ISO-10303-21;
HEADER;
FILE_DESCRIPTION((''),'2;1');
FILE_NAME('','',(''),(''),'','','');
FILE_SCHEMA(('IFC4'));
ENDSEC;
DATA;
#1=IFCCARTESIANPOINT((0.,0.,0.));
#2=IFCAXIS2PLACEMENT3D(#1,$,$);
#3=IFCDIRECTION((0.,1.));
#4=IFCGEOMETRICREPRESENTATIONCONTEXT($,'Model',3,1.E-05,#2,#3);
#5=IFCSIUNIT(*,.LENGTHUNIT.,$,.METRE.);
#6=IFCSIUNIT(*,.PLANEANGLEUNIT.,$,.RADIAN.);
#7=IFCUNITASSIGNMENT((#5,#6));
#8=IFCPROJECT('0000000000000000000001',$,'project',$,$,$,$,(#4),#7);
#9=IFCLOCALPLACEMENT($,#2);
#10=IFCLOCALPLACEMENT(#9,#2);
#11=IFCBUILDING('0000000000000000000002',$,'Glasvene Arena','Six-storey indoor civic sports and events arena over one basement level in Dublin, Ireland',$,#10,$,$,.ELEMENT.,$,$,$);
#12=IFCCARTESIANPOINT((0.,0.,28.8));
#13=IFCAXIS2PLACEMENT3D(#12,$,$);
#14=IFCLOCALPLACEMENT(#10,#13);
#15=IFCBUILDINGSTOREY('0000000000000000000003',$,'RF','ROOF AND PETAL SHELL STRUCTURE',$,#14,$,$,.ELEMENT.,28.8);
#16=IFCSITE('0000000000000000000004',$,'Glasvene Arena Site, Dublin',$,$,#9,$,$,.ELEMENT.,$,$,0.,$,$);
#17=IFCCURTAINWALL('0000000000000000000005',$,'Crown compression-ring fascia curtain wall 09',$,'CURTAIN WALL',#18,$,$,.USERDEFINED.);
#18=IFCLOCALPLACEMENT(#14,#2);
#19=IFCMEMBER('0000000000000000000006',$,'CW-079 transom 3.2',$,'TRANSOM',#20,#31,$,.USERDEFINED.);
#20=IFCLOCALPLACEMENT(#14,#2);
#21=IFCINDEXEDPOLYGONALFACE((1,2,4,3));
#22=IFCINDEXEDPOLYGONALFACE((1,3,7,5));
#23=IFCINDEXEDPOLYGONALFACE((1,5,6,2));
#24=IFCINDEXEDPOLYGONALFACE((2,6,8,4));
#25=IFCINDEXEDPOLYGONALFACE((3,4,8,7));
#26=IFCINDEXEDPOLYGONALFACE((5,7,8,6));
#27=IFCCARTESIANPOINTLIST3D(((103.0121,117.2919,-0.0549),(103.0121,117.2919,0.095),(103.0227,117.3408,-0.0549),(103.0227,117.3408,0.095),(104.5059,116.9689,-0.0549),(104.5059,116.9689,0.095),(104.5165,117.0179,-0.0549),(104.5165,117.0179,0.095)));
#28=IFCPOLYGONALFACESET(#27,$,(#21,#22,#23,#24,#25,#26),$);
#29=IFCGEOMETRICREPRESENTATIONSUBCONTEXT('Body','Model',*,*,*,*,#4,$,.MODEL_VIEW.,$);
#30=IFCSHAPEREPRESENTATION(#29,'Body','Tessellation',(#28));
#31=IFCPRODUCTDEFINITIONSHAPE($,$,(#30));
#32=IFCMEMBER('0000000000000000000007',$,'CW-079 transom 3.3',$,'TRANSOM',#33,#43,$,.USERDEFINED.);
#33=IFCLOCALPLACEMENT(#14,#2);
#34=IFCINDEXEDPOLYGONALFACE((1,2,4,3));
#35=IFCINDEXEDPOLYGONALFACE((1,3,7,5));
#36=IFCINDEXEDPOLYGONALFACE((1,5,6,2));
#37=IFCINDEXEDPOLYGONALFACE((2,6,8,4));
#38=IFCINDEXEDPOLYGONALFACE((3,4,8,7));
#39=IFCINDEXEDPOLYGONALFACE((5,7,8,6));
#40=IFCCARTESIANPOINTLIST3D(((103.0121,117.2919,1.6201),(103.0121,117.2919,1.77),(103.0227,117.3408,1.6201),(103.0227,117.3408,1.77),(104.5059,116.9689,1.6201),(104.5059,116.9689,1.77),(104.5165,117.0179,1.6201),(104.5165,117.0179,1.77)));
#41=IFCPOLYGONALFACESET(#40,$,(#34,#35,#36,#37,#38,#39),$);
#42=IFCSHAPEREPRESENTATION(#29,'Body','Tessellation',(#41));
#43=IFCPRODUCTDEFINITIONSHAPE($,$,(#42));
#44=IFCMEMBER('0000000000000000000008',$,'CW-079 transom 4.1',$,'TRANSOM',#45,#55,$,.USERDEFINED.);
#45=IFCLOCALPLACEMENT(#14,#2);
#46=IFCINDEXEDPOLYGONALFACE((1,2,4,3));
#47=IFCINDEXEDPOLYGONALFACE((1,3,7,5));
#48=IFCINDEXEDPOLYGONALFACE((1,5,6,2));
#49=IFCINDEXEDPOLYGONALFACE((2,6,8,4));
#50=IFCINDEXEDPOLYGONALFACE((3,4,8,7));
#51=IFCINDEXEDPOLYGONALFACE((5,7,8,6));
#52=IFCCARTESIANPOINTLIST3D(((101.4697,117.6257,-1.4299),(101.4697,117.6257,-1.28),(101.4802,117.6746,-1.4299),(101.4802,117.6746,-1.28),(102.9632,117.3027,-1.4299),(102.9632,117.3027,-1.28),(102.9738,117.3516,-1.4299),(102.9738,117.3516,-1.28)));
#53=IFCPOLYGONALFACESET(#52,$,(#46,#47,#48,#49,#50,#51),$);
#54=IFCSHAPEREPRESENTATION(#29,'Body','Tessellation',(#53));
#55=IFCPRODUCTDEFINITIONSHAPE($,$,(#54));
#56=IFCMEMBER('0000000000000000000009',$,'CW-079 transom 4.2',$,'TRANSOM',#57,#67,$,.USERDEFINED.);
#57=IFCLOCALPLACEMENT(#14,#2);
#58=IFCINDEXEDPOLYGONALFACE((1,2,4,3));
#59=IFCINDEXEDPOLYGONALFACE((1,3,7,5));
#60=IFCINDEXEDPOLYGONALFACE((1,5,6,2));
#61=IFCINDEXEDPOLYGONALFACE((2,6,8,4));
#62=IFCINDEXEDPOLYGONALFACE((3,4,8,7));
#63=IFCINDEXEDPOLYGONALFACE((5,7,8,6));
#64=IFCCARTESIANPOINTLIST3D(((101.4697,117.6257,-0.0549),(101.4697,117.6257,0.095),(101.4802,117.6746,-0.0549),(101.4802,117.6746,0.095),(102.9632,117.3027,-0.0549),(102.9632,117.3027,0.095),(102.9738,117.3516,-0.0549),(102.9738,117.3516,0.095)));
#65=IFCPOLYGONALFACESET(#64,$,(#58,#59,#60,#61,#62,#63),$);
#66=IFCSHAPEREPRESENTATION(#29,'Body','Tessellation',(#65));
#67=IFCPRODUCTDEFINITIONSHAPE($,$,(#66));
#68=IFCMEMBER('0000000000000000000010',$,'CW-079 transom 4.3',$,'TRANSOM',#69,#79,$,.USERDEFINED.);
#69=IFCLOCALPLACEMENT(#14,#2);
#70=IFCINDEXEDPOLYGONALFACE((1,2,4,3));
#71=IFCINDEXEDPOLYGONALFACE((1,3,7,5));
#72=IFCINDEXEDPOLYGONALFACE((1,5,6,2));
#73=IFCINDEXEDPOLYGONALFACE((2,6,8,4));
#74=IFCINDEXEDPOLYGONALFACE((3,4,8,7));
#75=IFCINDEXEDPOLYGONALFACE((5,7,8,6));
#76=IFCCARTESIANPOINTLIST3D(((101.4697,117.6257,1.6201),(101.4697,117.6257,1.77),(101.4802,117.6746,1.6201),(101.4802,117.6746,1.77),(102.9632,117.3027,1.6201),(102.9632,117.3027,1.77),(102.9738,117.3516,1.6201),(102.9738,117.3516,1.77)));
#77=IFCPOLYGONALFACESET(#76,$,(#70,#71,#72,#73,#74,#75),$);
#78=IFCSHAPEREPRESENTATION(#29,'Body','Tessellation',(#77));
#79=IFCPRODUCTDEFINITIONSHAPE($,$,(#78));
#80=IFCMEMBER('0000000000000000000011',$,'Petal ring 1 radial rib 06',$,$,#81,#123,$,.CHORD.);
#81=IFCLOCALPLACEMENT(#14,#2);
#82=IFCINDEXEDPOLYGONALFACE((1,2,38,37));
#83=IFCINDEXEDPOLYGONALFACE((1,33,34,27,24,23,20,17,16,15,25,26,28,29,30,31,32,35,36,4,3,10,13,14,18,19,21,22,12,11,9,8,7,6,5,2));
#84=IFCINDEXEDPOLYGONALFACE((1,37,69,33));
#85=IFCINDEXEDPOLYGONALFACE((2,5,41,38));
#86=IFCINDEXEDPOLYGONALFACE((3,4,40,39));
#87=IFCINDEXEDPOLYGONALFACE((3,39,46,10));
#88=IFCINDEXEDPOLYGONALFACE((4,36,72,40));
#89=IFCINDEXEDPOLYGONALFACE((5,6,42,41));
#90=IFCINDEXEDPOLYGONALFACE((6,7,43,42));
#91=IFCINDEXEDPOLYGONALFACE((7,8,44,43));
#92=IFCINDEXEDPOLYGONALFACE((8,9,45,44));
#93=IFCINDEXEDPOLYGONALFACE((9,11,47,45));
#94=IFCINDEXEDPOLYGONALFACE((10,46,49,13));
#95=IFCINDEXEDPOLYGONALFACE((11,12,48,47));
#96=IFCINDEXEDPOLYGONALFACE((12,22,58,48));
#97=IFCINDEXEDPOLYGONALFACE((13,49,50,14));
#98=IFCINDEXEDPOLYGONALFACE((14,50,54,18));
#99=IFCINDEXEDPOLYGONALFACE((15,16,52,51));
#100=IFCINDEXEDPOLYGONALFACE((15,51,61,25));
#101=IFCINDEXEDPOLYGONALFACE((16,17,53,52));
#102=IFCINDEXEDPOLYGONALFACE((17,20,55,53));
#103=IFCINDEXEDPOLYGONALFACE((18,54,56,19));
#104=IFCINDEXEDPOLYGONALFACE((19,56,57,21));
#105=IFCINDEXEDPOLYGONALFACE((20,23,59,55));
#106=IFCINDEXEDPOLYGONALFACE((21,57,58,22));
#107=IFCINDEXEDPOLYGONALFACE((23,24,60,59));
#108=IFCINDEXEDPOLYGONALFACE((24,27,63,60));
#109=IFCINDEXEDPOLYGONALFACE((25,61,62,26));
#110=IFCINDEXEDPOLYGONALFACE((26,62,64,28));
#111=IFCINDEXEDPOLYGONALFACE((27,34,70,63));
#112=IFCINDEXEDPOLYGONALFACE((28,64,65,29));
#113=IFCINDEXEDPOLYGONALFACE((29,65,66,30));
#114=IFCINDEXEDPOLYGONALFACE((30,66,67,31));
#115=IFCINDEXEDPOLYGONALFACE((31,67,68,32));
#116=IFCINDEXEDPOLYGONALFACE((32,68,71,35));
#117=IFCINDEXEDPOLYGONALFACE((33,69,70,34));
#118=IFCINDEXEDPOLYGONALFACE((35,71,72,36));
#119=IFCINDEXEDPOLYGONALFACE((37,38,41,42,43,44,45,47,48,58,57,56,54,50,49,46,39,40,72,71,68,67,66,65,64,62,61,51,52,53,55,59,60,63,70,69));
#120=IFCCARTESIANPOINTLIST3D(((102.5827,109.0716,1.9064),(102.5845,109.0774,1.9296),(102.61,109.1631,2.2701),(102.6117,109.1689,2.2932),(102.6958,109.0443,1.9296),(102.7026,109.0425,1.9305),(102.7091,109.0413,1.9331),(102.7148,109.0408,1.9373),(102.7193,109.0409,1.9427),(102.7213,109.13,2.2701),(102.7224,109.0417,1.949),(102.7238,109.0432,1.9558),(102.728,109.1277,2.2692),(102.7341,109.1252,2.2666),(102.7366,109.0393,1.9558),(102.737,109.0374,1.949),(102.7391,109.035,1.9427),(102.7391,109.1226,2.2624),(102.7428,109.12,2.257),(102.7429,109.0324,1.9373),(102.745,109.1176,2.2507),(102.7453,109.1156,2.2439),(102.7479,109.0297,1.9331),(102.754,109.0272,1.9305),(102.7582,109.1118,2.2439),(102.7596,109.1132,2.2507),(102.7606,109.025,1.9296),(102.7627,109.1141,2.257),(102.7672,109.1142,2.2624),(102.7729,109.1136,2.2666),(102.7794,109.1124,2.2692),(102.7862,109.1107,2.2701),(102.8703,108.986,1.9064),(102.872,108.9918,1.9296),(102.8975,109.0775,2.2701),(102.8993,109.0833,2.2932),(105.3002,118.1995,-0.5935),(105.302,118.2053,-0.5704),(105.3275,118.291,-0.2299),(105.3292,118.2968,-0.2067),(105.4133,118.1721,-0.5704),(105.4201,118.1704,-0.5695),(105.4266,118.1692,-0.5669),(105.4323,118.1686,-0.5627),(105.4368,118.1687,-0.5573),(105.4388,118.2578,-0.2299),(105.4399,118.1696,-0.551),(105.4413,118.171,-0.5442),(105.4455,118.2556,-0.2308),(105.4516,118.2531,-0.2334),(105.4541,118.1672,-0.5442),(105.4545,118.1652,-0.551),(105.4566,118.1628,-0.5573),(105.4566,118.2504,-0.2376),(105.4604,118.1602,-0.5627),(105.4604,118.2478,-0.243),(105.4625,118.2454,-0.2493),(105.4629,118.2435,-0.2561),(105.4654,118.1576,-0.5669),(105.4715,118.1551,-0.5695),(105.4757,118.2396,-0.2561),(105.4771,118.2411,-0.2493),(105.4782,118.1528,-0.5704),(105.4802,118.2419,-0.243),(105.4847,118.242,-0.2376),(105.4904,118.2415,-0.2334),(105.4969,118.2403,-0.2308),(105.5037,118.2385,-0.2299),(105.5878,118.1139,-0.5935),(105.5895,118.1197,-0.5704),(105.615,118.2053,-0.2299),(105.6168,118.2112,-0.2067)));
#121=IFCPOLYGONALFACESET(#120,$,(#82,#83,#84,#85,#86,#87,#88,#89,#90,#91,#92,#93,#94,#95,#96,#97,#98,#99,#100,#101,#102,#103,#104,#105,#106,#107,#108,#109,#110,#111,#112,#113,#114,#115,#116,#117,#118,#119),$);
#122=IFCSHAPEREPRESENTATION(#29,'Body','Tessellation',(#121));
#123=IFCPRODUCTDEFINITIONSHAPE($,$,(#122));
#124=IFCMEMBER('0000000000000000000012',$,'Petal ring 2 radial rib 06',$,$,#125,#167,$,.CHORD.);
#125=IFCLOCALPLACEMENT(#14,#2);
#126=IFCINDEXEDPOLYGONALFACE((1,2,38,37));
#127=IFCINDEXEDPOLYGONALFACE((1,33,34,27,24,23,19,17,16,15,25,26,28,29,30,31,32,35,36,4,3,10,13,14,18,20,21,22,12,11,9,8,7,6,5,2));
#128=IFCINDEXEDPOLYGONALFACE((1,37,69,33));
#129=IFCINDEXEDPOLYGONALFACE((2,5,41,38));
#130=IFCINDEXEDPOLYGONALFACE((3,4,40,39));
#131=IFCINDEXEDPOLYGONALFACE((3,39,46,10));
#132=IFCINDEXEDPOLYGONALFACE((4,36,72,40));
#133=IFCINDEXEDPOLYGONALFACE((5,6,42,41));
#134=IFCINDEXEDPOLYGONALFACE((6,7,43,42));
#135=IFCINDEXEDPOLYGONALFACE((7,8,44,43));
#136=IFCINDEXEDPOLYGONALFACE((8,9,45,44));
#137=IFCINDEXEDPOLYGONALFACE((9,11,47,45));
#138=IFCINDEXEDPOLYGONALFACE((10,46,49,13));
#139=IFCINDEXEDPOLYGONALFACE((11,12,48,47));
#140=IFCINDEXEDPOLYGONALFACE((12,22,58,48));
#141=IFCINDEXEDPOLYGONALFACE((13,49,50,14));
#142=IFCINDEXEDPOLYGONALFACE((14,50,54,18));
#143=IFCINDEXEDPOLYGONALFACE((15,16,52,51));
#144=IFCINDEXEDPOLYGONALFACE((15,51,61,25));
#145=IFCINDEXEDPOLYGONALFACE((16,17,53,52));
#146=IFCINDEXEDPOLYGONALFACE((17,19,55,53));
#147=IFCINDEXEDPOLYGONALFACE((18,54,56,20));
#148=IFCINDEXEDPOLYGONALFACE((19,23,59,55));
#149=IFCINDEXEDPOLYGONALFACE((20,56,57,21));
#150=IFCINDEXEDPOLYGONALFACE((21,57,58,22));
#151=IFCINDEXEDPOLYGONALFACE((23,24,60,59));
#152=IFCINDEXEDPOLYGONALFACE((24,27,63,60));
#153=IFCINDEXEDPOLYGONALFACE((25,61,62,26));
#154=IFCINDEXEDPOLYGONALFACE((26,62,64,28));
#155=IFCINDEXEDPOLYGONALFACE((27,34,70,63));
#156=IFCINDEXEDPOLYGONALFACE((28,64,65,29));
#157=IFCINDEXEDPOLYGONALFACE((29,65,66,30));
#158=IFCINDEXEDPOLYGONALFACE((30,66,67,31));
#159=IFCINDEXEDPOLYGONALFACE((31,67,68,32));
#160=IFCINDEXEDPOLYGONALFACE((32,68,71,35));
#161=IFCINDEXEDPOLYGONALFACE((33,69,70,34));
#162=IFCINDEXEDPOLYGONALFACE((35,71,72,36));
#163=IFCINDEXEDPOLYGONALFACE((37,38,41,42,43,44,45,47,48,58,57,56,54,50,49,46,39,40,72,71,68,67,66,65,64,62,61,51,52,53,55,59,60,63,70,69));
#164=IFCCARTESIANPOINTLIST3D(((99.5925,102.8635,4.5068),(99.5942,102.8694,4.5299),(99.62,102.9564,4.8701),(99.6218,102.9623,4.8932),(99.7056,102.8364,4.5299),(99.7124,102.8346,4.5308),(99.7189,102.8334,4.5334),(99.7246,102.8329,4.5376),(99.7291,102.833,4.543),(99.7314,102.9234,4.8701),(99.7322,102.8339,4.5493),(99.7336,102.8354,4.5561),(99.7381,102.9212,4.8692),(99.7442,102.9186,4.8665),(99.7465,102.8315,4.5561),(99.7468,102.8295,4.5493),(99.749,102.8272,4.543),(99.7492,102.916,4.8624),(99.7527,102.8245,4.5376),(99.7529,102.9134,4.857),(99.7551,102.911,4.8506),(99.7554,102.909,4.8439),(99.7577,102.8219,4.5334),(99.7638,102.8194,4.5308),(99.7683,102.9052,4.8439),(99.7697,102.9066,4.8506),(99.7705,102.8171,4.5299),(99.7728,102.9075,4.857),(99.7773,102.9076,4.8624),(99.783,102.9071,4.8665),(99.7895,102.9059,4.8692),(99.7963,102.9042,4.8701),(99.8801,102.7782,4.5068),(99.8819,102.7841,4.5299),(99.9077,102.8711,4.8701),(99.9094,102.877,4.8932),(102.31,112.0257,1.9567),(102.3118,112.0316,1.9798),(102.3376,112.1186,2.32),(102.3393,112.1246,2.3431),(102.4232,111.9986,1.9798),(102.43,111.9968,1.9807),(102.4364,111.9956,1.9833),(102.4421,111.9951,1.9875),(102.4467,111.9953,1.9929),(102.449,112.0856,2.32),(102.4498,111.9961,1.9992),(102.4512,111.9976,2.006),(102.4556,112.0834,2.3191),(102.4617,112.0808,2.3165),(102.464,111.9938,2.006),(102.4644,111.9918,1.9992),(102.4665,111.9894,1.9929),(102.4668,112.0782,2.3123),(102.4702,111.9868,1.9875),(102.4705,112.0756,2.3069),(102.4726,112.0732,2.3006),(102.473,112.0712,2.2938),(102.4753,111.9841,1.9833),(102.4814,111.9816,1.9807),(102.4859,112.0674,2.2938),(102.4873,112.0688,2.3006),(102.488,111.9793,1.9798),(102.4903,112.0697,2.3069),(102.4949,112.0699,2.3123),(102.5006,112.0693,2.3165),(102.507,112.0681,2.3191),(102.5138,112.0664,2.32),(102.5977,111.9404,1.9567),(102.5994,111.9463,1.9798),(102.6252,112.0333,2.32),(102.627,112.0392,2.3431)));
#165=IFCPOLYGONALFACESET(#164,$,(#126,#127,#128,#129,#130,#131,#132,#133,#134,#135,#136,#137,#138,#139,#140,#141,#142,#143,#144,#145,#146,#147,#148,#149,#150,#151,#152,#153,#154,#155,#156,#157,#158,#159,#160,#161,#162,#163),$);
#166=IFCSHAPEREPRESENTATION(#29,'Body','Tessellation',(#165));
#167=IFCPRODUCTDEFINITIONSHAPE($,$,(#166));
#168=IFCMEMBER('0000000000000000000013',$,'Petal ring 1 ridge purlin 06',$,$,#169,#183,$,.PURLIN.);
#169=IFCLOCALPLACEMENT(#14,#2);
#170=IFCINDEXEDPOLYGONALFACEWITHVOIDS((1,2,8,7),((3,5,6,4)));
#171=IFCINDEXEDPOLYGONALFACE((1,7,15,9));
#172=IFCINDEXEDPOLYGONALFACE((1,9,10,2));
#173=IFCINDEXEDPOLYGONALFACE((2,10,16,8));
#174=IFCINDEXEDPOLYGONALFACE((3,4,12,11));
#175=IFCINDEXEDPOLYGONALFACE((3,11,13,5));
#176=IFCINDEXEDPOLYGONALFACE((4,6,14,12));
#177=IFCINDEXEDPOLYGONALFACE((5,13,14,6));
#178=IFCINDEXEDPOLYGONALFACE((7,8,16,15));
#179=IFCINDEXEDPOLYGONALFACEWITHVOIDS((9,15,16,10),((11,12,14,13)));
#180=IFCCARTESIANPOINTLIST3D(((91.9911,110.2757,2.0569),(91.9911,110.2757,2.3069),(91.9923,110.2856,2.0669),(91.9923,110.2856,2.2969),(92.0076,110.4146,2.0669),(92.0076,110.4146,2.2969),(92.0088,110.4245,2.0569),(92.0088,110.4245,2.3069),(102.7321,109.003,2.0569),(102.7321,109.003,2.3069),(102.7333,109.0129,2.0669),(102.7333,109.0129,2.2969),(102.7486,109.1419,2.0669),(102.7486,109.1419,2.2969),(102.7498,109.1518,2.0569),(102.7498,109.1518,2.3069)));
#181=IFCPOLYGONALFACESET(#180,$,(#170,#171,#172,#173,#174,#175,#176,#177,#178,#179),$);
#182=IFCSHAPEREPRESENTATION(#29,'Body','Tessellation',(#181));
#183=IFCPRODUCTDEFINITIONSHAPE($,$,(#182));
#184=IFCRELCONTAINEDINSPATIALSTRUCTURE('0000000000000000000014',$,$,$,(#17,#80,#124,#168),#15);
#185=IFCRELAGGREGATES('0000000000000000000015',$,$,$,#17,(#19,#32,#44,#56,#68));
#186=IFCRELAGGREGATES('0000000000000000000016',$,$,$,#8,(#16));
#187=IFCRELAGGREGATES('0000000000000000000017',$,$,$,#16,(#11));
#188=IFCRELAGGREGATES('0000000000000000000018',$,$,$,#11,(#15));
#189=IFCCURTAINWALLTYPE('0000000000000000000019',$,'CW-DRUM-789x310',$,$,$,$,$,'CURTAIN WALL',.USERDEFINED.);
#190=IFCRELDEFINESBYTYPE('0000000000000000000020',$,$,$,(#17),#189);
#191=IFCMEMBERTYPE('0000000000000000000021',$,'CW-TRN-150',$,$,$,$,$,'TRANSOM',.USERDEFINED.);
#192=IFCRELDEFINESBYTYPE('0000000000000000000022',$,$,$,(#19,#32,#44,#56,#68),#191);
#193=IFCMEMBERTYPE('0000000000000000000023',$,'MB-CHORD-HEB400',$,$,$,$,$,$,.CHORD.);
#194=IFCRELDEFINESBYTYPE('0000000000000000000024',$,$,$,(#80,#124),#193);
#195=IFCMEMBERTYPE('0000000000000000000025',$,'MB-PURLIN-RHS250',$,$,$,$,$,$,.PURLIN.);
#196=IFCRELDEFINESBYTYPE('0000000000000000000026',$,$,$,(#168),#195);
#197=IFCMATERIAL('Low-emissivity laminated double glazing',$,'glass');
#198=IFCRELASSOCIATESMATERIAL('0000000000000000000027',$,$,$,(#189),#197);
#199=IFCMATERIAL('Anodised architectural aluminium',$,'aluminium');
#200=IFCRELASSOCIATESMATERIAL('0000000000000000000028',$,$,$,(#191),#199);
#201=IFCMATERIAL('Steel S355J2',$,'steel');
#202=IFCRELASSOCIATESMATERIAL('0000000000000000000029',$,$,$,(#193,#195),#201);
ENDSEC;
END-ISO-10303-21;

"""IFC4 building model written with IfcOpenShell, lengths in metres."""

from ifc_helpers import new_model, si_unit, direction, frame, origin, origin_2d, place, context, subcontext, project, spatial, rectangle, hollow_rectangle, i_section, extrude, material, material_profile, profile_set, type_object, element, aggregate, save


model = new_model("IFC4")

# Units and contexts
model_context = context("Model", 3, precision=1e-05, world=origin(), true_north=direction((0.0, 1.0)))
body_context = subcontext(model_context, "Body", "Model", "MODEL_VIEW")
ifc_project = project(units=[si_unit("LENGTHUNIT", "METRE"), si_unit("PLANEANGLEUNIT", "RADIAN")], contexts=[model_context])

# Site, building, storey
site_placement = place(None, origin())
site = spatial("IfcSite", under=ifc_project, at=site_placement, Name="Glasvene Arena Site, Dublin", CompositionType="ELEMENT", RefElevation=0.0)
building_placement = place(site_placement, origin())
building = spatial("IfcBuilding", under=site, at=building_placement, Name="Glasvene Arena", Description="Six-storey indoor civic sports and events arena over one basement level in Dublin, Ireland", CompositionType="ELEMENT")
storey_placement = place(building_placement, frame((0.0, 0.0, 28.8)))
storey = spatial("IfcBuildingStorey", under=building, at=storey_placement, Name="RF", Description="ROOF AND PETAL SHELL STRUCTURE", CompositionType="ELEMENT", Elevation=28.8)

# Shared definitions
ifc_material_1 = material(Name="Low-emissivity laminated double glazing", Category="glass")
ifc_material_2 = material(Name="Anodised architectural aluminium", Category="aluminium")

# Curtain wall
curtain_wall_type_1 = type_object("IfcCurtainWallType", Name="CW-DRUM-789x310", ElementType="CURTAIN WALL", PredefinedType="USERDEFINED", material=ifc_material_1)
curtain_wall_1_placement = place(storey_placement, frame((107.6208, 116.3206, 0.0)))
curtain_wall_1 = element("IfcCurtainWall", 1, at=curtain_wall_1_placement, inside=storey, type_object=curtain_wall_type_1, Name="Crown compression-ring fascia curtain wall 09", ObjectType="CURTAIN WALL", PredefinedType="USERDEFINED")

# Members
ifc_material_profile_1 = material_profile(ifc_material_2, rectangle(XDim=0.05, YDim=0.1499, at=origin_2d()), Name="ALU TRANSOM 50x150")
ifc_profile_set_1 = profile_set([ifc_material_profile_1], Name="Anodised architectural aluminium")
member_type_1 = type_object("IfcMemberType", Name="CW-TRN-150", ElementType="TRANSOM", PredefinedType="USERDEFINED", material=ifc_profile_set_1)
member_1_placement = place(storey_placement, frame((104.5112, 116.9934, 0.02), z_axis=(-0.977415, 0.211329, 0.0), x_axis=(-0.211329, -0.977415, 0.0)))
member_1 = element("IfcMember", 2, at=member_1_placement, type_object=member_type_1, Name="CW-079 transom 3.2", ObjectType="TRANSOM", PredefinedType="USERDEFINED", context=body_context, shape_type="SweptSolid", body=[
    extrude(rectangle(XDim=0.05, YDim=0.1499, at=origin_2d()), origin(), (0.0, 0.0, 1.0), 1.5283),
])
member_2_placement = place(storey_placement, frame((104.5112, 116.9934, 1.6951), z_axis=(-0.977415, 0.211329, 0.0), x_axis=(-0.211329, -0.977415, 0.0)))
member_2 = element("IfcMember", 3, at=member_2_placement, type_object=member_type_1, Name="CW-079 transom 3.3", ObjectType="TRANSOM", PredefinedType="USERDEFINED", context=body_context, shape_type="SweptSolid", body=[
    extrude(rectangle(XDim=0.05, YDim=0.1499, at=origin_2d()), origin(), (0.0, 0.0, 1.0), 1.5283),
])
member_3_placement = place(storey_placement, frame((102.9685, 117.3271, -1.355), z_axis=(-0.977408, 0.211362, 0.0), x_axis=(-0.211362, -0.977408, 0.0)))
member_3 = element("IfcMember", 4, at=member_3_placement, type_object=member_type_1, Name="CW-079 transom 4.1", ObjectType="TRANSOM", PredefinedType="USERDEFINED", context=body_context, shape_type="SweptSolid", body=[
    extrude(rectangle(XDim=0.05, YDim=0.1499, at=origin_2d()), origin(), (0.0, 0.0, 1.0), 1.5281),
])
member_4_placement = place(storey_placement, frame((102.9685, 117.3271, 0.02), z_axis=(-0.977408, 0.211362, 0.0), x_axis=(-0.211362, -0.977408, 0.0)))
member_4 = element("IfcMember", 5, at=member_4_placement, type_object=member_type_1, Name="CW-079 transom 4.2", ObjectType="TRANSOM", PredefinedType="USERDEFINED", context=body_context, shape_type="SweptSolid", body=[
    extrude(rectangle(XDim=0.05, YDim=0.1499, at=origin_2d()), origin(), (0.0, 0.0, 1.0), 1.5281),
])
member_5_placement = place(storey_placement, frame((102.9685, 117.3271, 1.6951), z_axis=(-0.977408, 0.211362, 0.0), x_axis=(-0.211362, -0.977408, 0.0)))
member_5 = element("IfcMember", 6, at=member_5_placement, type_object=member_type_1, Name="CW-079 transom 4.3", ObjectType="TRANSOM", PredefinedType="USERDEFINED", context=body_context, shape_type="SweptSolid", body=[
    extrude(rectangle(XDim=0.05, YDim=0.1499, at=origin_2d()), origin(), (0.0, 0.0, 1.0), 1.5281),
])

# Members
ifc_material_3 = material(Name="Steel S355J2", Category="steel")
ifc_material_profile_2 = material_profile(ifc_material_3, i_section(OverallWidth=0.3, OverallDepth=0.3999, WebThickness=0.0134, FlangeThickness=0.0239, FilletRadius=0.0271, at=origin_2d()), Name="HEB 400")
ifc_profile_set_2 = profile_set([ifc_material_profile_2], Name="Steel S355J2")
member_type_2 = type_object("IfcMemberType", Name="MB-CHORD-HEB400", PredefinedType="CHORD", material=ifc_profile_set_2)
member_6_placement = place(storey_placement, frame((105.4585, 118.2053, -0.4001), z_axis=(-0.275989, -0.92702, 0.253897), x_axis=(0.958427, -0.285339, 0.0)))
element("IfcMember", 7, at=member_6_placement, inside=storey, type_object=member_type_2, Name="Petal ring 1 radial rib 06", PredefinedType="CHORD", context=body_context, shape_type="SweptSolid", body=[
    extrude(i_section(OverallWidth=0.3, OverallDepth=0.3999, WebThickness=0.0134, FlangeThickness=0.0239, FilletRadius=0.0271, at=origin_2d()), origin(), (0.0, 0.0, 1.0), 9.8464),
])
member_7_placement = place(storey_placement, frame((102.4685, 112.0325, 2.1499), z_axis=(-0.274748, -0.926307, 0.257815), x_axis=(0.958717, -0.284361, 0.0)))
element("IfcMember", 8, at=member_7_placement, inside=storey, type_object=member_type_2, Name="Petal ring 2 radial rib 06", PredefinedType="CHORD", context=body_context, shape_type="SweptSolid", body=[
    extrude(i_section(OverallWidth=0.3, OverallDepth=0.3999, WebThickness=0.0134, FlangeThickness=0.0239, FilletRadius=0.0271, at=origin_2d()), origin(), (0.0, 0.0, 1.0), 9.8911),
])
ifc_material_profile_3 = material_profile(ifc_material_3, hollow_rectangle(XDim=0.1499, YDim=0.25, WallThickness=0.01, at=origin_2d()), Name="RHS 250x150x10.0")
ifc_profile_set_3 = profile_set([ifc_material_profile_3], Name="Steel S355J2")
member_type_3 = type_object("IfcMemberType", Name="MB-PURLIN-RHS250", PredefinedType="PURLIN", material=ifc_profile_set_3)
member_8_placement = place(storey_placement, frame((102.741, 109.0774, 2.1819), z_axis=(-0.993053, 0.117668, 0.0), x_axis=(-0.117668, -0.993053, 0.0)))
element("IfcMember", 9, at=member_8_placement, inside=storey, type_object=member_type_3, Name="Petal ring 1 ridge purlin 06", PredefinedType="PURLIN", context=body_context, shape_type="SweptSolid", body=[
    extrude(hollow_rectangle(XDim=0.1499, YDim=0.25, WallThickness=0.01, at=origin_2d()), origin(), (0.0, 0.0, 1.0), 10.8162),
])

aggregate(curtain_wall_1, [member_1, member_2, member_3, member_4, member_5])

save(model, "model.ifc")
